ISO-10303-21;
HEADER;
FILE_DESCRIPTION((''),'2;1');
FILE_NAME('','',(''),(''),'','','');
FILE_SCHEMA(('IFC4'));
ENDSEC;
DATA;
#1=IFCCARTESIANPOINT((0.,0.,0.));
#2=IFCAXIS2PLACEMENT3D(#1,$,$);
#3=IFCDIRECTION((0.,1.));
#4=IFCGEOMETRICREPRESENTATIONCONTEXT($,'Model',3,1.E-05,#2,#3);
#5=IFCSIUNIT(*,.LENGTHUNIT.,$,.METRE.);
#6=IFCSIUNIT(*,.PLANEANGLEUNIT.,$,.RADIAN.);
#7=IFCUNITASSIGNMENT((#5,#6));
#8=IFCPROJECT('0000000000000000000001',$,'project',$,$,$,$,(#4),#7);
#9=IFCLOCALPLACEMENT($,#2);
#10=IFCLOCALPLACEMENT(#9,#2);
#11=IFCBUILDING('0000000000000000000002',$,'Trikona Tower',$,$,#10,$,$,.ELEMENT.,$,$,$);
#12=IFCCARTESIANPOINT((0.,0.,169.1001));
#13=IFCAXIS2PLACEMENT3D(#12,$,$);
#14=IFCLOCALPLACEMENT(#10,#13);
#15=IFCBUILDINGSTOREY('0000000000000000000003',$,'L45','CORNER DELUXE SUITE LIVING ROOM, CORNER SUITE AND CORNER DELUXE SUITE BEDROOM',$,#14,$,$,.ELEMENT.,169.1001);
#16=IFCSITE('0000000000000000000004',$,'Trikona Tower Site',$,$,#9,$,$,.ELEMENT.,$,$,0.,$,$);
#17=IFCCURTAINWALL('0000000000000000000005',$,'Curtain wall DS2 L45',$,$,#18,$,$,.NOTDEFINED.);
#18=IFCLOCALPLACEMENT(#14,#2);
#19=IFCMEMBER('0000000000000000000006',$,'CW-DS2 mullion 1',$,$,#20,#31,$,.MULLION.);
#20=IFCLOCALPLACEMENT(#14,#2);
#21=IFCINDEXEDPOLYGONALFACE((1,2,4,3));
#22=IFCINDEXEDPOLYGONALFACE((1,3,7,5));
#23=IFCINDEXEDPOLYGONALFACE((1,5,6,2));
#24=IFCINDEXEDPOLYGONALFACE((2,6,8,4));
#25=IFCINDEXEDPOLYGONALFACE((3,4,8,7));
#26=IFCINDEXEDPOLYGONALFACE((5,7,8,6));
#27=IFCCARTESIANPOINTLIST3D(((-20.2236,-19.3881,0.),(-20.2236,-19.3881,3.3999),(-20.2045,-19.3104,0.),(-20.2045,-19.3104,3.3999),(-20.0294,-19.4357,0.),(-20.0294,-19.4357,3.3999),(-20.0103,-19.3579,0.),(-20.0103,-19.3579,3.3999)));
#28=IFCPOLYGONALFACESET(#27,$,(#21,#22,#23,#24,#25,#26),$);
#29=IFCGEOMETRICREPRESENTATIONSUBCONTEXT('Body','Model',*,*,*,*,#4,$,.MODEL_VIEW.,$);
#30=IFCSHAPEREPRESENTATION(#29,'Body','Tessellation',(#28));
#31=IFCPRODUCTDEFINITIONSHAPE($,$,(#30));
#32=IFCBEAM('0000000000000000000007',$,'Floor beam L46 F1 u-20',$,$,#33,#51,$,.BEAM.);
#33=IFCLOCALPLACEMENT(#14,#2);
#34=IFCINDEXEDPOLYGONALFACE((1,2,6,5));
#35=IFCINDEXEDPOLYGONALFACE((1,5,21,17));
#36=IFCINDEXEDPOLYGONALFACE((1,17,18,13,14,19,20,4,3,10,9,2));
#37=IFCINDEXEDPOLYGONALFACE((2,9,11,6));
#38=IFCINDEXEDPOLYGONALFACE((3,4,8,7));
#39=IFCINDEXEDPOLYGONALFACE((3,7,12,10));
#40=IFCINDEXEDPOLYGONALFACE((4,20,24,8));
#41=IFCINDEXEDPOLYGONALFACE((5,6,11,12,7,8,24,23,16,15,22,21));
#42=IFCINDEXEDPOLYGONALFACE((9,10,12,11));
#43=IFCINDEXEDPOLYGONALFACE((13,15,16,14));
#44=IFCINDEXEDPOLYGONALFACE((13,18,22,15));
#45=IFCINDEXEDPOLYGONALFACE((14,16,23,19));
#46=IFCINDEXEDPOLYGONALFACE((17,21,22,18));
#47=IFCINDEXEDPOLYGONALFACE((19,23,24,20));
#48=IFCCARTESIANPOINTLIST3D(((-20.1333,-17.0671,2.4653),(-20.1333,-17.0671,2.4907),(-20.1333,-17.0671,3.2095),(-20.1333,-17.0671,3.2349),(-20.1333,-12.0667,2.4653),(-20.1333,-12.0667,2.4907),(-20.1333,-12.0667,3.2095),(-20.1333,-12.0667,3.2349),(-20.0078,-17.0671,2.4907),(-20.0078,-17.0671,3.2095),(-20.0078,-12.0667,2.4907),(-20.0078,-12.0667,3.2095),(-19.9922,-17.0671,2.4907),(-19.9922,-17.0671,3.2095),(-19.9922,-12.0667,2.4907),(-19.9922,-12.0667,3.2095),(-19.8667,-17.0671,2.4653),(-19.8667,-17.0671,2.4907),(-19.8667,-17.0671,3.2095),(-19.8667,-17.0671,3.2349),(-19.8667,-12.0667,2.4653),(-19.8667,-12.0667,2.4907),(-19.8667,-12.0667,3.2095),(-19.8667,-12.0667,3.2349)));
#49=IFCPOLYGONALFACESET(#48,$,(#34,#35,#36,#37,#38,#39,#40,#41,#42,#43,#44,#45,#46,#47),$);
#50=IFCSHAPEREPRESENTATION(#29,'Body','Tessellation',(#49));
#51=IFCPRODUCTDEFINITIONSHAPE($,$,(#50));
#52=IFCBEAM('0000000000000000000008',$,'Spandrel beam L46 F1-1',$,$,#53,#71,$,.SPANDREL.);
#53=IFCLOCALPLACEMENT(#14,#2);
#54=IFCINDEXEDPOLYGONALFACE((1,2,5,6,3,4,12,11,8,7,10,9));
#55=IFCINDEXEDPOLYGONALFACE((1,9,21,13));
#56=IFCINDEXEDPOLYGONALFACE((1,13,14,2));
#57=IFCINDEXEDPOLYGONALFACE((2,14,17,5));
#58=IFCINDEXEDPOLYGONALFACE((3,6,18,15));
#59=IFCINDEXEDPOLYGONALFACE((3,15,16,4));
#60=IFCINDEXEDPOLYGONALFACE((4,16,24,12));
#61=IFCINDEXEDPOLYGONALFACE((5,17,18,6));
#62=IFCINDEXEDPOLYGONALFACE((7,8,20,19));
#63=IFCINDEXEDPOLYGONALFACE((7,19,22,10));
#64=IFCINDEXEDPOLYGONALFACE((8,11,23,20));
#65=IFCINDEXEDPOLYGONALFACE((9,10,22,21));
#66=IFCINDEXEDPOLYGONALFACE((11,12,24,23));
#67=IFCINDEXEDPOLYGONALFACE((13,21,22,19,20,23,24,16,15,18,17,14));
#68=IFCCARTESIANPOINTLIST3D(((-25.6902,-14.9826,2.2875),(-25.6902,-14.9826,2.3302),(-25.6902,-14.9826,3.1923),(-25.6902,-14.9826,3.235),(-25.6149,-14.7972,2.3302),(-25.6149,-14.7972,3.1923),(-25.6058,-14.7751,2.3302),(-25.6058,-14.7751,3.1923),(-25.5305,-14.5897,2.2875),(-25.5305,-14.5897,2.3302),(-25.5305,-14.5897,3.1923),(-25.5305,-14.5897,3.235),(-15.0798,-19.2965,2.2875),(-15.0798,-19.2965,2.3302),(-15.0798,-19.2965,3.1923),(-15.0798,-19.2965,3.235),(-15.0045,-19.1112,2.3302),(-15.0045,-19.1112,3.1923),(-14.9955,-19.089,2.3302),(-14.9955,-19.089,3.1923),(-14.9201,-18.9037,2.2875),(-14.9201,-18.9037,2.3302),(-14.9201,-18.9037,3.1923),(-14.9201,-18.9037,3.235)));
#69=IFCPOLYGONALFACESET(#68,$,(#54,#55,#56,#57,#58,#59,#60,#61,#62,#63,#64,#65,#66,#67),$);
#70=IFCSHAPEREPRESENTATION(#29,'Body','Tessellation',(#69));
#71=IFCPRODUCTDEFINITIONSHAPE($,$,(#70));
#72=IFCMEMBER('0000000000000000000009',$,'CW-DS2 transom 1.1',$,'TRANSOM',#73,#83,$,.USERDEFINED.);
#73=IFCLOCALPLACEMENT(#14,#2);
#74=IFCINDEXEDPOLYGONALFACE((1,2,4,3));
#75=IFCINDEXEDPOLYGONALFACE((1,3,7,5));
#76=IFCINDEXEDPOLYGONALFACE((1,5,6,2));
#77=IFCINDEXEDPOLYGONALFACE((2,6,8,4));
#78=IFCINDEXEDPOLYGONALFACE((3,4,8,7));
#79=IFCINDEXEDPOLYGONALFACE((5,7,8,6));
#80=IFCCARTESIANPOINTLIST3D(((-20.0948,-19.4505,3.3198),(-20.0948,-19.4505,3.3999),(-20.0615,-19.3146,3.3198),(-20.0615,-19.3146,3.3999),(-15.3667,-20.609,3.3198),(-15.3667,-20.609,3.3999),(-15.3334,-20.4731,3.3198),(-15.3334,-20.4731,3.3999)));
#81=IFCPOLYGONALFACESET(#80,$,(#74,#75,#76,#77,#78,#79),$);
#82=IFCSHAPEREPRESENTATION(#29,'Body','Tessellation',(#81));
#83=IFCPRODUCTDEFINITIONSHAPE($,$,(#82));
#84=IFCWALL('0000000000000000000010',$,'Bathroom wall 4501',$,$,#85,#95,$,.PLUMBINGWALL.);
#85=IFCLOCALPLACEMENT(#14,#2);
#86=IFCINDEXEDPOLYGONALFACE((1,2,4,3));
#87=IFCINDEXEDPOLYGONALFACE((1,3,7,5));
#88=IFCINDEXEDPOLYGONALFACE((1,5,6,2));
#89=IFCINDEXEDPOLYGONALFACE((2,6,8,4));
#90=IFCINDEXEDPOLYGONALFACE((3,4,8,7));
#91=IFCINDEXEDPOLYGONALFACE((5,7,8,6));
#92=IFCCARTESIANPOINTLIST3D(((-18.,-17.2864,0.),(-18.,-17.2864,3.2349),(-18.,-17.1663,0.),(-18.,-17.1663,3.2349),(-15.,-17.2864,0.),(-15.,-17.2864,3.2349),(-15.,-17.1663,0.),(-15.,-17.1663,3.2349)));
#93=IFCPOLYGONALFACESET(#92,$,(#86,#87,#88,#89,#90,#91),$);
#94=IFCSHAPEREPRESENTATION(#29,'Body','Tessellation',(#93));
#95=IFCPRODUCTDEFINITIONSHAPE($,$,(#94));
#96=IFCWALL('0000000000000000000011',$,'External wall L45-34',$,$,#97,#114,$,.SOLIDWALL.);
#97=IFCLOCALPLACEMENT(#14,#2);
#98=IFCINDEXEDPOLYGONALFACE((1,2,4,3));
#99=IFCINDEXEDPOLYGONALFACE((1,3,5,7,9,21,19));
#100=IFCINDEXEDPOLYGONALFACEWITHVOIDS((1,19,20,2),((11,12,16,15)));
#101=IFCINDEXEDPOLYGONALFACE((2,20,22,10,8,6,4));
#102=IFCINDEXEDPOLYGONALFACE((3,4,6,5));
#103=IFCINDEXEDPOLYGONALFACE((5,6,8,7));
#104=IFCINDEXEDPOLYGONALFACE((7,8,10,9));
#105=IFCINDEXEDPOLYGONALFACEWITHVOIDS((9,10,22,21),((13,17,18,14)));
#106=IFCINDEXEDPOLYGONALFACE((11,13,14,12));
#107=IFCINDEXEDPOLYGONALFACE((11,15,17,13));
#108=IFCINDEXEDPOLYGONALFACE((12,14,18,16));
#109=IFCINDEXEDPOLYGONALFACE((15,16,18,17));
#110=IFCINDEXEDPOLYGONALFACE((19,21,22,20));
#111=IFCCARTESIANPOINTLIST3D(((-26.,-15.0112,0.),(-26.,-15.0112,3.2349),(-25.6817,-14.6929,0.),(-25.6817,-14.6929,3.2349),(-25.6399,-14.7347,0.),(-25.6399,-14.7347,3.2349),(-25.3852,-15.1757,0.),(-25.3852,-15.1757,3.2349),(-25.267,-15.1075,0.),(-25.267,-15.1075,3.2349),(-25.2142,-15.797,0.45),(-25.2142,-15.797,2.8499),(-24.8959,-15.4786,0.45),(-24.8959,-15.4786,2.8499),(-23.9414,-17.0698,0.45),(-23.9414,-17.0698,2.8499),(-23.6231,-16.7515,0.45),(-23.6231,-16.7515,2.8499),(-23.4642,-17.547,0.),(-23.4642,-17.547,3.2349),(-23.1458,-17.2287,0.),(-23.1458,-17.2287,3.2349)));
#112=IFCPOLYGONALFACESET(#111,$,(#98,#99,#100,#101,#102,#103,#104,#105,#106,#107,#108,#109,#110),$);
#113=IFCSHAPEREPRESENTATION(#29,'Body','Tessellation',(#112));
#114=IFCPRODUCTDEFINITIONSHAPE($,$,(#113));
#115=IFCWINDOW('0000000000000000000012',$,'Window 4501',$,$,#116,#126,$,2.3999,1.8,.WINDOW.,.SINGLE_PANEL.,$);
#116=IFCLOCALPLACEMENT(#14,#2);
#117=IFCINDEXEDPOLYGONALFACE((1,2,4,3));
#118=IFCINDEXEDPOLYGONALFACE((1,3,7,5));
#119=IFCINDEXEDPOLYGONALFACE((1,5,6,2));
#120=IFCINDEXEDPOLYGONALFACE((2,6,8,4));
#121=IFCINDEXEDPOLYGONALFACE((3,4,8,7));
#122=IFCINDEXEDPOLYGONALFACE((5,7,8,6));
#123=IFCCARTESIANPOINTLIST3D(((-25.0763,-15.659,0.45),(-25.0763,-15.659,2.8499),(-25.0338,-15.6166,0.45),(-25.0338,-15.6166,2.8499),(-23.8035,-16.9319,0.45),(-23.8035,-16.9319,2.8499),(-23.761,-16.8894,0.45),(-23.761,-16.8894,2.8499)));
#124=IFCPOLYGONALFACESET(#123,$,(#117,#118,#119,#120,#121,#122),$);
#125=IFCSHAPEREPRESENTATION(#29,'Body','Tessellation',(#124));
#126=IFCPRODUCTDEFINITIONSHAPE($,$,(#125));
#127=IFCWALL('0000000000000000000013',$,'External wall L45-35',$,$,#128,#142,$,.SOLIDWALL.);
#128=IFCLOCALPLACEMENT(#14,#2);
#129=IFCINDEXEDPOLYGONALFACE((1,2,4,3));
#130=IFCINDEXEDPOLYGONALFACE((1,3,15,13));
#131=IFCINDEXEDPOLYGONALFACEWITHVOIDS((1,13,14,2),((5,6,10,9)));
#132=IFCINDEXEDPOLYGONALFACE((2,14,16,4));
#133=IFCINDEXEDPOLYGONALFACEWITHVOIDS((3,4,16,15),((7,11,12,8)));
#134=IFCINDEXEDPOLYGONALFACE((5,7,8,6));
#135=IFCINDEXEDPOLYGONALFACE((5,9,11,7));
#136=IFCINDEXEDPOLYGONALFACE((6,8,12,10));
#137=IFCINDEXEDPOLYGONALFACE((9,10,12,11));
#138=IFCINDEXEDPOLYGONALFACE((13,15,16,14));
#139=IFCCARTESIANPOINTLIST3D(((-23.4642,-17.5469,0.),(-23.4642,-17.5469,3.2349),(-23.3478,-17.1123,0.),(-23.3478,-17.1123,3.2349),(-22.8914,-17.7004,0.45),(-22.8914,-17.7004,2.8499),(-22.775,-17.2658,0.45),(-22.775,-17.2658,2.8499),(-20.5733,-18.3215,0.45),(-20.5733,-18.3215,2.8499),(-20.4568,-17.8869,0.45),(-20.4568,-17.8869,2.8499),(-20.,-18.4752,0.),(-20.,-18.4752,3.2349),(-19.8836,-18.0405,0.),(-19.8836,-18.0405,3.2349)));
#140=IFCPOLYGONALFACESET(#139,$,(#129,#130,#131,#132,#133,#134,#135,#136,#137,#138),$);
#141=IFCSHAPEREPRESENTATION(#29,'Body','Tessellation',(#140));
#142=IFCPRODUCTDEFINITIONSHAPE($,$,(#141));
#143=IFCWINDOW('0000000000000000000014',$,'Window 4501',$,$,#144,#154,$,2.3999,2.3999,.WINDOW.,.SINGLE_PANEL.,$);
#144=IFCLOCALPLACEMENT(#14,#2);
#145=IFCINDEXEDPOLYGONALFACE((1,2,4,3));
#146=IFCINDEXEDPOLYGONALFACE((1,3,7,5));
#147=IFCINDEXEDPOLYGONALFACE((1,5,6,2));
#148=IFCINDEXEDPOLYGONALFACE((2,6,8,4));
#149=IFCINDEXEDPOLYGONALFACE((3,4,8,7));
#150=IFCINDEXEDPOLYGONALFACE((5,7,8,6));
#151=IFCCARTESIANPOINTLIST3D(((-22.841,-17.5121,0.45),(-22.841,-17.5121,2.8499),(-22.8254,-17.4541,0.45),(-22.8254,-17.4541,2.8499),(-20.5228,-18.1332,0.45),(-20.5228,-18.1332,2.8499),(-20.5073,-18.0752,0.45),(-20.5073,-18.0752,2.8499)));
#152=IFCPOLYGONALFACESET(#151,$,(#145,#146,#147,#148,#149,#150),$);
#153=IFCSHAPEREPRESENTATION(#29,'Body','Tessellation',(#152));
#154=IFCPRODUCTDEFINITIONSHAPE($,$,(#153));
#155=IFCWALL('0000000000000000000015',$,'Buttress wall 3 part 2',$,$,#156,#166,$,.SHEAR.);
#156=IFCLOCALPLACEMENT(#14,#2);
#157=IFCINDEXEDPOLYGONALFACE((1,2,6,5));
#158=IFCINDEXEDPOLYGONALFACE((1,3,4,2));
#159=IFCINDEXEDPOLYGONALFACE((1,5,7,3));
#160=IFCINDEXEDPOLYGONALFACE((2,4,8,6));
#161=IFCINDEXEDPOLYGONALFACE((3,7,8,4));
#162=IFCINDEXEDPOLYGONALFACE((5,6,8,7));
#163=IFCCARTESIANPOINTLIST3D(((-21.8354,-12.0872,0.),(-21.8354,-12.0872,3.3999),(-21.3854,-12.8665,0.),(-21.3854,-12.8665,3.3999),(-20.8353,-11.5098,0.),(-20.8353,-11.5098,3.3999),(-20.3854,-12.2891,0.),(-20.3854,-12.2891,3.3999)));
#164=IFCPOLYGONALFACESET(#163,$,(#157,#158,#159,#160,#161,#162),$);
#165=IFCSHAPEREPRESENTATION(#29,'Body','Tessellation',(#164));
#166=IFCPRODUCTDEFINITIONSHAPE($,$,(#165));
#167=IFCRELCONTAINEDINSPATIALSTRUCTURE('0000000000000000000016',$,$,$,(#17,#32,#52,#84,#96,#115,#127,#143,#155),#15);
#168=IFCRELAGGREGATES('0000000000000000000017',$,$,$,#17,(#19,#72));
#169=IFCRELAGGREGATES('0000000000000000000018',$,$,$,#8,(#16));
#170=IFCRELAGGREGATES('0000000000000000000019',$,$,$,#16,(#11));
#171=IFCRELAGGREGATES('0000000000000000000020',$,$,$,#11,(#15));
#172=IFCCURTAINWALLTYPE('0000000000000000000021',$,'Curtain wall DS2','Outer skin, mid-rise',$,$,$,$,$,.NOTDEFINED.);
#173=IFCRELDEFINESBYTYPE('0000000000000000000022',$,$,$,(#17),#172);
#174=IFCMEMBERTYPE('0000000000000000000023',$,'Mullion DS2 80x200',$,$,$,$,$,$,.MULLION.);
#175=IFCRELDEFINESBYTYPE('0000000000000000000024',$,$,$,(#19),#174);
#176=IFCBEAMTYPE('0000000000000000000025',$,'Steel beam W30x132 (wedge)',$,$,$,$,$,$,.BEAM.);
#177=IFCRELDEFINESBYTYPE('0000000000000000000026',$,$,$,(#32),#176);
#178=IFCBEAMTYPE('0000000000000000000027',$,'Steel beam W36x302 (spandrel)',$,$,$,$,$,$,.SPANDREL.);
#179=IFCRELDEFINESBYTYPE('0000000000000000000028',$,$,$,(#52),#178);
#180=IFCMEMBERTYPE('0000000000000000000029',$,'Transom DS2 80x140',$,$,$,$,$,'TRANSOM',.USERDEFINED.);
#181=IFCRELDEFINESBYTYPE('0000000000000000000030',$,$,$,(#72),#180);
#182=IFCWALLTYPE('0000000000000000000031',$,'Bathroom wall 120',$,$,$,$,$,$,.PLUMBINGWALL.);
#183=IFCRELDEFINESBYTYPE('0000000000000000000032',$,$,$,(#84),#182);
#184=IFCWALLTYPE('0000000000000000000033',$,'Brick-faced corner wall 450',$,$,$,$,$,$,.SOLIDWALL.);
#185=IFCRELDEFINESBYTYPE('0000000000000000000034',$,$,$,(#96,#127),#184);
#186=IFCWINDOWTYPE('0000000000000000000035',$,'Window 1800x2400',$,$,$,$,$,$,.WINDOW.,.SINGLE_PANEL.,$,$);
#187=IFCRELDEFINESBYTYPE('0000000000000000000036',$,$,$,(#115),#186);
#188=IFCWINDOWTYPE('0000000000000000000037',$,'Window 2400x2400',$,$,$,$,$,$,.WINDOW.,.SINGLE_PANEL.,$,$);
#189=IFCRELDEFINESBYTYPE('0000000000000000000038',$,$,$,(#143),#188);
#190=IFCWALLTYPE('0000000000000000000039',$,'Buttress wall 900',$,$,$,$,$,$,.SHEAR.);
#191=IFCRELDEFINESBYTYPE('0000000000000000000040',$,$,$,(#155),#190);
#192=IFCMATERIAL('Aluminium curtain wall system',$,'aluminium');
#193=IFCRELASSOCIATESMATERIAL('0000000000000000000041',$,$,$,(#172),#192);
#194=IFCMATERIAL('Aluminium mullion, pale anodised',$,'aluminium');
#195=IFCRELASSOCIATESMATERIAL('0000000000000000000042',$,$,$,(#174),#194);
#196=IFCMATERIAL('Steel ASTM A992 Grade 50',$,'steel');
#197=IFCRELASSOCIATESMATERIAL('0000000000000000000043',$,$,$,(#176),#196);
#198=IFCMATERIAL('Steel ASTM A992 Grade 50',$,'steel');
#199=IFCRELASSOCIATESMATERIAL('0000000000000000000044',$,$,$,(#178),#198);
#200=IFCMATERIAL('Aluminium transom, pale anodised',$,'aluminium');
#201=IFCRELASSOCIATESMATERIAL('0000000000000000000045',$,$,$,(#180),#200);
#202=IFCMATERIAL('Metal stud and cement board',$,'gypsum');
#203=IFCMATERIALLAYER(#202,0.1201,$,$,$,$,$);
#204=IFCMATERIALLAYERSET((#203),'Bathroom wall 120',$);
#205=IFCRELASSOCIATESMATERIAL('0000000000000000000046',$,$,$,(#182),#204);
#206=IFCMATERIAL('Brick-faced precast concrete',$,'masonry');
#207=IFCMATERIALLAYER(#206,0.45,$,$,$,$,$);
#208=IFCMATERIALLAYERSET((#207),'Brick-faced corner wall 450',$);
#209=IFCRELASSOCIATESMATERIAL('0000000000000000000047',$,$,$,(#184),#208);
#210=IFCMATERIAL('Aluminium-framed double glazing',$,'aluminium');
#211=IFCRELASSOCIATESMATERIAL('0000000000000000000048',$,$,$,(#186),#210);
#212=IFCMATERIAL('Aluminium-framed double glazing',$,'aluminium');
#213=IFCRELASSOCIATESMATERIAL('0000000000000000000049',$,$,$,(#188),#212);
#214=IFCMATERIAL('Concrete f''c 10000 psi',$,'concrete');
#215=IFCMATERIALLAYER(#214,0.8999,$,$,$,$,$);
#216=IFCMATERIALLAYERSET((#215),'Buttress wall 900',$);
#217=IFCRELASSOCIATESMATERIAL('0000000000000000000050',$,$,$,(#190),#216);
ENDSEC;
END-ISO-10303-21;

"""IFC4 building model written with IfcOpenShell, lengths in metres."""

from ifc_helpers import new_model, si_unit, direction, frame, frame_2d, origin, origin_2d, place, context, subcontext, project, spatial, polyline, rectangle, i_section, outline, extrude, material, layer, layer_set, material_profile, profile_set, type_object, element, fill, aggregate, save


model = new_model("IFC4")

# Units and contexts
model_context = context("Model", 3, precision=1e-05, world=origin(), true_north=direction((0.0, 1.0)))
body_context = subcontext(model_context, "Body", "Model", "MODEL_VIEW")
ifc_project = project(units=[si_unit("LENGTHUNIT", "METRE"), si_unit("PLANEANGLEUNIT", "RADIAN")], contexts=[model_context])

# Site, building, storey
site_placement = place(None, origin())
site = spatial("IfcSite", under=ifc_project, at=site_placement, Name="Trikona Tower Site", CompositionType="ELEMENT", RefElevation=0.0)
building_placement = place(site_placement, origin())
building = spatial("IfcBuilding", under=site, at=building_placement, Name="Trikona Tower", CompositionType="ELEMENT")
storey_placement = place(building_placement, frame((0.0, 0.0, 169.1001)))
storey = spatial("IfcBuildingStorey", under=building, at=storey_placement, Name="L45", Description="CORNER DELUXE SUITE LIVING ROOM, CORNER SUITE AND CORNER DELUXE SUITE BEDROOM", CompositionType="ELEMENT", Elevation=169.1001)

# Curtain wall, member
ifc_material_1 = material(Name="Aluminium curtain wall system", Category="aluminium")
curtain_wall_type = type_object("IfcCurtainWallType", Name="Curtain wall DS2", Description="Outer skin, mid-rise", PredefinedType="NOTDEFINED", material=ifc_material_1)
curtain_wall_placement = place(storey_placement, origin())
curtain_wall = element("IfcCurtainWall", 1, at=curtain_wall_placement, inside=storey, type_object=curtain_wall_type, Name="Curtain wall DS2 L45", PredefinedType="NOTDEFINED")
ifc_material_2 = material(Name="Aluminium mullion, pale anodised", Category="aluminium")
ifc_material_profile_1 = material_profile(ifc_material_2, rectangle(XDim=0.0801, YDim=0.2, at=origin_2d()), Name="MUL-DS2")
ifc_profile_set_1 = profile_set([ifc_material_profile_1], Name="Aluminium mullion, pale anodised")
member_type_1 = type_object("IfcMemberType", Name="Mullion DS2 80x200", PredefinedType="MULLION", material=ifc_profile_set_1)
member_1_placement = place(storey_placement, frame((-20.1169, -19.373, 0.0), z_axis=(0.0, 0.0, 1.0), x_axis=(0.23797, 0.971272, 0.0)))
member_1 = element("IfcMember", 2, at=member_1_placement, type_object=member_type_1, Name="CW-DS2 mullion 1", PredefinedType="MULLION", context=body_context, shape_type="SweptSolid", body=[
    extrude(rectangle(XDim=0.0801, YDim=0.2, at=origin_2d()), origin(), (0.0, 0.0, 1.0), 3.3999),
])

# Beams
ifc_material_3 = material(Name="Steel ASTM A992 Grade 50", Category="steel")
ifc_material_profile_2 = material_profile(ifc_material_3, i_section(OverallWidth=0.2666, OverallDepth=0.7695, WebThickness=0.0156, FlangeThickness=0.0254, at=origin_2d()), Name="W30X132")
ifc_profile_set_2 = profile_set([ifc_material_profile_2], Name="Steel ASTM A992 Grade 50")
beam_type_1 = type_object("IfcBeamType", Name="Steel beam W30x132 (wedge)", PredefinedType="BEAM", material=ifc_profile_set_2)
beam_1_placement = place(storey_placement, frame((-20.0, -12.0667, 2.8501), z_axis=(0.0, -1.0, 0.0), x_axis=(1.0, 0.0, 0.0)))
element("IfcBeam", 3, at=beam_1_placement, inside=storey, type_object=beam_type_1, Name="Floor beam L46 F1 u-20", PredefinedType="BEAM", context=body_context, shape_type="SweptSolid", body=[
    extrude(i_section(OverallWidth=0.2666, OverallDepth=0.7695, WebThickness=0.0156, FlangeThickness=0.0254, at=origin_2d()), origin(), (0.0, 0.0, 1.0), 5.0005),
])
ifc_material_4 = material(Name="Steel ASTM A992 Grade 50", Category="steel")
ifc_material_profile_3 = material_profile(ifc_material_4, i_section(OverallWidth=0.4241, OverallDepth=0.9475, WebThickness=0.0239, FlangeThickness=0.0427, at=origin_2d()), Name="W36X302")
ifc_profile_set_3 = profile_set([ifc_material_profile_3], Name="Steel ASTM A992 Grade 50")
beam_type_2 = type_object("IfcBeamType", Name="Steel beam W36x302 (spandrel)", PredefinedType="SPANDREL", material=ifc_profile_set_3)
beam_2_placement = place(storey_placement, frame((-25.6104, -14.7861, 2.7612), z_axis=(0.92636, -0.37664, 0.0), x_axis=(0.37664, 0.92636, 0.0)))
element("IfcBeam", 4, at=beam_2_placement, inside=storey, type_object=beam_type_2, Name="Spandrel beam L46 F1-1", PredefinedType="SPANDREL", context=body_context, shape_type="SweptSolid", body=[
    extrude(i_section(OverallWidth=0.4241, OverallDepth=0.9475, WebThickness=0.0239, FlangeThickness=0.0427, at=origin_2d()), origin(), (0.0, 0.0, 1.0), 11.4539),
])

# Member
ifc_material_5 = material(Name="Aluminium transom, pale anodised", Category="aluminium")
ifc_material_profile_4 = material_profile(ifc_material_5, rectangle(XDim=0.1399, YDim=0.0801, at=origin_2d()), Name="TRN-DS2")
ifc_profile_set_4 = profile_set([ifc_material_profile_4], Name="Aluminium transom, pale anodised")
member_type_2 = type_object("IfcMemberType", Name="Transom DS2 80x140", ElementType="TRANSOM", PredefinedType="USERDEFINED", material=ifc_profile_set_4)
member_2_placement = place(storey_placement, frame((-20.0781, -19.3826, 3.3599), z_axis=(0.971271, -0.237978, 0.0), x_axis=(0.237978, 0.971271, 0.0)))
member_2 = element("IfcMember", 5, at=member_2_placement, type_object=member_type_2, Name="CW-DS2 transom 1.1", ObjectType="TRANSOM", PredefinedType="USERDEFINED", context=body_context, shape_type="SweptSolid", body=[
    extrude(rectangle(XDim=0.1399, YDim=0.0801, at=origin_2d()), origin(), (0.0, 0.0, 1.0), 4.8679),
])
aggregate(curtain_wall, [member_1, member_2])

# Wall
ifc_material_6 = material(Name="Metal stud and cement board", Category="gypsum")
ifc_layer_1 = layer(ifc_material_6, 0.1201)
ifc_layer_set_1 = layer_set([ifc_layer_1], Name="Bathroom wall 120")
wall_type_1 = type_object("IfcWallType", Name="Bathroom wall 120", PredefinedType="PLUMBINGWALL", material=ifc_layer_set_1)
wall_1_placement = place(storey_placement, frame((-18.0, -17.2263, 0.0), z_axis=(0.0, 0.0, 1.0), x_axis=(1.0, 0.0, 0.0)))
element("IfcWall", 6, at=wall_1_placement, inside=storey, type_object=wall_type_1, Name="Bathroom wall 4501", PredefinedType="PLUMBINGWALL", context=body_context, shape_type="SweptSolid", body=[
    extrude(rectangle(XDim=3.0, YDim=0.1201, at=frame_2d((1.5, 0.0))), origin(), (0.0, 0.0, 1.0), 3.2349),
])

# Walls, openings, windows
ifc_material_7 = material(Name="Brick-faced precast concrete", Category="masonry")
ifc_layer_2 = layer(ifc_material_7, 0.45)
ifc_layer_set_2 = layer_set([ifc_layer_2], Name="Brick-faced corner wall 450")
wall_type_2 = type_object("IfcWallType", Name="Brick-faced corner wall 450", PredefinedType="SOLIDWALL", material=ifc_layer_set_2)
wall_2_placement = place(storey_placement, frame((-25.8408, -14.8521, 0.0), z_axis=(0.0, 0.0, 1.0), x_axis=(0.707107, -0.707107, 0.0)))
wall_2 = element("IfcWall", 7, at=wall_2_placement, inside=storey, type_object=wall_type_2, Name="External wall L45-34", PredefinedType="SOLIDWALL", context=body_context, shape_type="SweptSolid", body=[
    extrude(outline(polyline([(3.5862, 0.2251), (0.5864, 0.2251), (0.551, 0.0933), (0.0591, 0.2251), (0.0, 0.2251), (0.0, -0.2251), (3.5862, -0.2251), (3.5862, 0.2251)])), origin(), (0.0, 0.0, 1.0), 3.2349),
])
opening_1_placement = place(wall_2_placement, frame((1.1113, 0.0, 0.45)))
opening_1 = element("IfcOpeningElement", 8, at=opening_1_placement, cuts=wall_2, PredefinedType="OPENING", context=body_context, shape_type="SweptSolid", body=[
    extrude(rectangle(XDim=1.8, YDim=2.3999, at=frame_2d((0.8999, 1.2))), frame((0.0, 0.2349, 0.0), z_axis=(0.0, -1.0, 0.0), x_axis=(1.0, 0.0, 0.0)), (0.0, 0.0, 1.0), 0.47),
])
ifc_material_8 = material(Name="Aluminium-framed double glazing", Category="aluminium")
window_type_1 = type_object("IfcWindowType", Name="Window 1800x2400", PartitioningType="SINGLE_PANEL", PredefinedType="WINDOW", material=ifc_material_8)
window_1_placement = place(opening_1_placement, origin())
window_1 = element("IfcWindow", 9, at=window_1_placement, inside=storey, type_object=window_type_1, Name="Window 4501", OverallHeight=2.3999, OverallWidth=1.8, PartitioningType="SINGLE_PANEL", PredefinedType="WINDOW", context=body_context, shape_type="SweptSolid", body=[
    extrude(rectangle(XDim=1.8, YDim=2.3999, at=frame_2d((0.8999, 1.2))), frame((0.0, 0.03, 0.0), z_axis=(0.0, -1.0, 0.0), x_axis=(1.0, 0.0, 0.0)), (0.0, 0.0, 1.0), 0.0601),
])
fill(opening_1, window_1)
wall_3_placement = place(storey_placement, frame((-23.406, -17.3296, 0.0), z_axis=(0.0, 0.0, 1.0), x_axis=(0.965925, -0.258823, 0.0)))
wall_3 = element("IfcWall", 10, at=wall_3_placement, inside=storey, type_object=wall_type_2, Name="External wall L45-35", PredefinedType="SOLIDWALL", context=body_context, shape_type="SweptSolid", body=[
    extrude(rectangle(XDim=3.5864, YDim=0.45, at=frame_2d((1.7932, 0.0))), origin(), (0.0, 0.0, 1.0), 3.2349),
])
opening_2_placement = place(wall_3_placement, frame((0.593, 0.0, 0.45)))
opening_2 = element("IfcOpeningElement", 11, at=opening_2_placement, cuts=wall_3, PredefinedType="OPENING", context=body_context, shape_type="SweptSolid", body=[
    extrude(rectangle(XDim=2.3999, YDim=2.3999, at=frame_2d((1.2, 1.2))), frame((0.0, 0.2349, 0.0), z_axis=(0.0, -1.0, 0.0), x_axis=(1.0, 0.0, 0.0)), (0.0, 0.0, 1.0), 0.47),
])
ifc_material_9 = material(Name="Aluminium-framed double glazing", Category="aluminium")
window_type_2 = type_object("IfcWindowType", Name="Window 2400x2400", PartitioningType="SINGLE_PANEL", PredefinedType="WINDOW", material=ifc_material_9)
window_2_placement = place(opening_2_placement, origin())
window_2 = element("IfcWindow", 12, at=window_2_placement, inside=storey, type_object=window_type_2, Name="Window 4501", OverallHeight=2.3999, OverallWidth=2.3999, PartitioningType="SINGLE_PANEL", PredefinedType="WINDOW", context=body_context, shape_type="SweptSolid", body=[
    extrude(rectangle(XDim=2.3999, YDim=2.3999, at=frame_2d((1.2, 1.2))), frame((0.0, 0.03, 0.0), z_axis=(0.0, -1.0, 0.0), x_axis=(1.0, 0.0, 0.0)), (0.0, 0.0, 1.0), 0.0601),
])
fill(opening_2, window_2)

# Wall
ifc_material_10 = material(Name="Concrete f'c 10000 psi", Category="concrete")
ifc_layer_3 = layer(ifc_material_10, 0.8999)
ifc_layer_set_3 = layer_set([ifc_layer_3], Name="Buttress wall 900")
wall_type_3 = type_object("IfcWallType", Name="Buttress wall 900", PredefinedType="SHEAR", material=ifc_layer_set_3)
wall_4_placement = place(storey_placement, frame((-20.6104, -11.8994, 0.0), z_axis=(0.0, 0.0, 1.0), x_axis=(-0.86601, -0.500027, 0.0)))
element("IfcWall", 13, at=wall_4_placement, inside=storey, type_object=wall_type_3, Name="Buttress wall 3 part 2", PredefinedType="SHEAR", context=body_context, shape_type="SweptSolid", body=[
    extrude(rectangle(XDim=1.1548, YDim=0.8999, at=frame_2d((0.5774, 0.0))), origin(), (0.0, 0.0, 1.0), 3.3999),
])

save(model, "model.ifc")
